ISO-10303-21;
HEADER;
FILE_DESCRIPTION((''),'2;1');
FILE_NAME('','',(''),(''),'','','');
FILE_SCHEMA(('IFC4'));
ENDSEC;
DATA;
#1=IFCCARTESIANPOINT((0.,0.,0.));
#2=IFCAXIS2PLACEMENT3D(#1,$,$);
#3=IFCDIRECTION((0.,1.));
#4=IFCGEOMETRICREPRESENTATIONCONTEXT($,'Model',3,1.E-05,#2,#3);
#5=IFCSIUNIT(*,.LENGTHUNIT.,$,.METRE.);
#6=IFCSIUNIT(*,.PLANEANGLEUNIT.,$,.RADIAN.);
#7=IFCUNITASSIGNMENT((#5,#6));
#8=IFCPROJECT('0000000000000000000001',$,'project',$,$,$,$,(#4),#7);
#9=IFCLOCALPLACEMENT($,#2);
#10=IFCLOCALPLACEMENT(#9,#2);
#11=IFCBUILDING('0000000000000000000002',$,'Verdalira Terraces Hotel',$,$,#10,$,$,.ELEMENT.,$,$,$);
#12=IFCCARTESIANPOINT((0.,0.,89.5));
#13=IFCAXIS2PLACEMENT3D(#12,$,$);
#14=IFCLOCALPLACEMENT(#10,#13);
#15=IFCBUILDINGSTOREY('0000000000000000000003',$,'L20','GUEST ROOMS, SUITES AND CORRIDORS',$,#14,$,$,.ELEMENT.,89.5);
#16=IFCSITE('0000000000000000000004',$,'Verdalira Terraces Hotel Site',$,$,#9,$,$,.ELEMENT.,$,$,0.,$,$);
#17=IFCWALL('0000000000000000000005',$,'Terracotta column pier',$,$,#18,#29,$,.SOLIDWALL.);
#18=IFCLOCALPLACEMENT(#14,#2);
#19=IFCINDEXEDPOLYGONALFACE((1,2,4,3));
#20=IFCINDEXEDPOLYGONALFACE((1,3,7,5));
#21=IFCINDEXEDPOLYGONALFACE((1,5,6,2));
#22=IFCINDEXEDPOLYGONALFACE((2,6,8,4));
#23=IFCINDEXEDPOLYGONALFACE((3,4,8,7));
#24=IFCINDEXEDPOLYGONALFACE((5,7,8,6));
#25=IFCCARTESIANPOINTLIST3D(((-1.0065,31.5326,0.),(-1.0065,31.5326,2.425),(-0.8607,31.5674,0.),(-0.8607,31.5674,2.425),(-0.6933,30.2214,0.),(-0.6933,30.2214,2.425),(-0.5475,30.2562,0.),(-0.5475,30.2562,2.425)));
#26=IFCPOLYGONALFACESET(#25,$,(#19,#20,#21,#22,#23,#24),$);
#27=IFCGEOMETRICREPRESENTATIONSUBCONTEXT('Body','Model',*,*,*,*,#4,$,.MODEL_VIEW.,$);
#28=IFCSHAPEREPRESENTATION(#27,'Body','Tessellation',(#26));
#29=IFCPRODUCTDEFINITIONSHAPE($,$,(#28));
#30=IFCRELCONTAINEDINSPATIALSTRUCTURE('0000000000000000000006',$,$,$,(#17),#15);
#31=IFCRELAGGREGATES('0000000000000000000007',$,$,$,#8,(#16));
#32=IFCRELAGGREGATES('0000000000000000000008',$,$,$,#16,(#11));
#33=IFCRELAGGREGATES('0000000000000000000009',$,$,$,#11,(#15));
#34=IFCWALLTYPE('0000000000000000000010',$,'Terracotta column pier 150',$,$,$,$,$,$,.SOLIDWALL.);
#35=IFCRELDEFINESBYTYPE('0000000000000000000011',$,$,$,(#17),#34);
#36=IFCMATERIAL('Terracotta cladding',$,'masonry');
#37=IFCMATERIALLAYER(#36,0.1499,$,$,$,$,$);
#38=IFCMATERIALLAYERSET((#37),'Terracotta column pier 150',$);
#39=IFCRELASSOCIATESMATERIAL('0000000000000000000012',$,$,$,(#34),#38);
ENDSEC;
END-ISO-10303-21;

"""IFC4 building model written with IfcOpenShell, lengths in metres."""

from ifc_helpers import new_model, si_unit, direction, frame, frame_2d, origin, place, context, subcontext, project, spatial, rectangle, extrude, material, layer, layer_set, type_object, element, save


model = new_model("IFC4")

# Units and contexts
model_context = context("Model", 3, precision=1e-05, world=origin(), true_north=direction((0.0, 1.0)))
body_context = subcontext(model_context, "Body", "Model", "MODEL_VIEW")
ifc_project = project(units=[si_unit("LENGTHUNIT", "METRE"), si_unit("PLANEANGLEUNIT", "RADIAN")], contexts=[model_context])

# Site, building, storey
site_placement = place(None, origin())
site = spatial("IfcSite", under=ifc_project, at=site_placement, Name="Verdalira Terraces Hotel Site", CompositionType="ELEMENT", RefElevation=0.0)
building_placement = place(site_placement, origin())
building = spatial("IfcBuilding", under=site, at=building_placement, Name="Verdalira Terraces Hotel", CompositionType="ELEMENT")
storey_placement = place(building_placement, frame((0.0, 0.0, 89.5)))
storey = spatial("IfcBuildingStorey", under=building, at=storey_placement, Name="L20", Description="GUEST ROOMS, SUITES AND CORRIDORS", CompositionType="ELEMENT", Elevation=89.5)

# Wall
ifc_material_1 = material(Name="Terracotta cladding", Category="masonry")
ifc_layer_1 = layer(ifc_material_1, 0.1499)
ifc_layer_set_1 = layer_set([ifc_layer_1], Name="Terracotta column pier 150")
wall_type_1 = type_object("IfcWallType", Name="Terracotta column pier 150", PredefinedType="SOLIDWALL", material=ifc_layer_set_1)
wall_1_placement = place(storey_placement, frame((-0.6204, 30.2388, 0.0), z_axis=(0.0, 0.0, 1.0), x_axis=(-0.232339, 0.972635, 0.0)))
element("IfcWall", 1, at=wall_1_placement, inside=storey, type_object=wall_type_1, Name="Terracotta column pier", PredefinedType="SOLIDWALL", context=body_context, shape_type="SweptSolid", body=[
    extrude(rectangle(XDim=1.3481, YDim=0.1499, at=frame_2d((0.6741, 0.0))), origin(), (0.0, 0.0, 1.0), 2.425),
])

save(model, "model.ifc")
